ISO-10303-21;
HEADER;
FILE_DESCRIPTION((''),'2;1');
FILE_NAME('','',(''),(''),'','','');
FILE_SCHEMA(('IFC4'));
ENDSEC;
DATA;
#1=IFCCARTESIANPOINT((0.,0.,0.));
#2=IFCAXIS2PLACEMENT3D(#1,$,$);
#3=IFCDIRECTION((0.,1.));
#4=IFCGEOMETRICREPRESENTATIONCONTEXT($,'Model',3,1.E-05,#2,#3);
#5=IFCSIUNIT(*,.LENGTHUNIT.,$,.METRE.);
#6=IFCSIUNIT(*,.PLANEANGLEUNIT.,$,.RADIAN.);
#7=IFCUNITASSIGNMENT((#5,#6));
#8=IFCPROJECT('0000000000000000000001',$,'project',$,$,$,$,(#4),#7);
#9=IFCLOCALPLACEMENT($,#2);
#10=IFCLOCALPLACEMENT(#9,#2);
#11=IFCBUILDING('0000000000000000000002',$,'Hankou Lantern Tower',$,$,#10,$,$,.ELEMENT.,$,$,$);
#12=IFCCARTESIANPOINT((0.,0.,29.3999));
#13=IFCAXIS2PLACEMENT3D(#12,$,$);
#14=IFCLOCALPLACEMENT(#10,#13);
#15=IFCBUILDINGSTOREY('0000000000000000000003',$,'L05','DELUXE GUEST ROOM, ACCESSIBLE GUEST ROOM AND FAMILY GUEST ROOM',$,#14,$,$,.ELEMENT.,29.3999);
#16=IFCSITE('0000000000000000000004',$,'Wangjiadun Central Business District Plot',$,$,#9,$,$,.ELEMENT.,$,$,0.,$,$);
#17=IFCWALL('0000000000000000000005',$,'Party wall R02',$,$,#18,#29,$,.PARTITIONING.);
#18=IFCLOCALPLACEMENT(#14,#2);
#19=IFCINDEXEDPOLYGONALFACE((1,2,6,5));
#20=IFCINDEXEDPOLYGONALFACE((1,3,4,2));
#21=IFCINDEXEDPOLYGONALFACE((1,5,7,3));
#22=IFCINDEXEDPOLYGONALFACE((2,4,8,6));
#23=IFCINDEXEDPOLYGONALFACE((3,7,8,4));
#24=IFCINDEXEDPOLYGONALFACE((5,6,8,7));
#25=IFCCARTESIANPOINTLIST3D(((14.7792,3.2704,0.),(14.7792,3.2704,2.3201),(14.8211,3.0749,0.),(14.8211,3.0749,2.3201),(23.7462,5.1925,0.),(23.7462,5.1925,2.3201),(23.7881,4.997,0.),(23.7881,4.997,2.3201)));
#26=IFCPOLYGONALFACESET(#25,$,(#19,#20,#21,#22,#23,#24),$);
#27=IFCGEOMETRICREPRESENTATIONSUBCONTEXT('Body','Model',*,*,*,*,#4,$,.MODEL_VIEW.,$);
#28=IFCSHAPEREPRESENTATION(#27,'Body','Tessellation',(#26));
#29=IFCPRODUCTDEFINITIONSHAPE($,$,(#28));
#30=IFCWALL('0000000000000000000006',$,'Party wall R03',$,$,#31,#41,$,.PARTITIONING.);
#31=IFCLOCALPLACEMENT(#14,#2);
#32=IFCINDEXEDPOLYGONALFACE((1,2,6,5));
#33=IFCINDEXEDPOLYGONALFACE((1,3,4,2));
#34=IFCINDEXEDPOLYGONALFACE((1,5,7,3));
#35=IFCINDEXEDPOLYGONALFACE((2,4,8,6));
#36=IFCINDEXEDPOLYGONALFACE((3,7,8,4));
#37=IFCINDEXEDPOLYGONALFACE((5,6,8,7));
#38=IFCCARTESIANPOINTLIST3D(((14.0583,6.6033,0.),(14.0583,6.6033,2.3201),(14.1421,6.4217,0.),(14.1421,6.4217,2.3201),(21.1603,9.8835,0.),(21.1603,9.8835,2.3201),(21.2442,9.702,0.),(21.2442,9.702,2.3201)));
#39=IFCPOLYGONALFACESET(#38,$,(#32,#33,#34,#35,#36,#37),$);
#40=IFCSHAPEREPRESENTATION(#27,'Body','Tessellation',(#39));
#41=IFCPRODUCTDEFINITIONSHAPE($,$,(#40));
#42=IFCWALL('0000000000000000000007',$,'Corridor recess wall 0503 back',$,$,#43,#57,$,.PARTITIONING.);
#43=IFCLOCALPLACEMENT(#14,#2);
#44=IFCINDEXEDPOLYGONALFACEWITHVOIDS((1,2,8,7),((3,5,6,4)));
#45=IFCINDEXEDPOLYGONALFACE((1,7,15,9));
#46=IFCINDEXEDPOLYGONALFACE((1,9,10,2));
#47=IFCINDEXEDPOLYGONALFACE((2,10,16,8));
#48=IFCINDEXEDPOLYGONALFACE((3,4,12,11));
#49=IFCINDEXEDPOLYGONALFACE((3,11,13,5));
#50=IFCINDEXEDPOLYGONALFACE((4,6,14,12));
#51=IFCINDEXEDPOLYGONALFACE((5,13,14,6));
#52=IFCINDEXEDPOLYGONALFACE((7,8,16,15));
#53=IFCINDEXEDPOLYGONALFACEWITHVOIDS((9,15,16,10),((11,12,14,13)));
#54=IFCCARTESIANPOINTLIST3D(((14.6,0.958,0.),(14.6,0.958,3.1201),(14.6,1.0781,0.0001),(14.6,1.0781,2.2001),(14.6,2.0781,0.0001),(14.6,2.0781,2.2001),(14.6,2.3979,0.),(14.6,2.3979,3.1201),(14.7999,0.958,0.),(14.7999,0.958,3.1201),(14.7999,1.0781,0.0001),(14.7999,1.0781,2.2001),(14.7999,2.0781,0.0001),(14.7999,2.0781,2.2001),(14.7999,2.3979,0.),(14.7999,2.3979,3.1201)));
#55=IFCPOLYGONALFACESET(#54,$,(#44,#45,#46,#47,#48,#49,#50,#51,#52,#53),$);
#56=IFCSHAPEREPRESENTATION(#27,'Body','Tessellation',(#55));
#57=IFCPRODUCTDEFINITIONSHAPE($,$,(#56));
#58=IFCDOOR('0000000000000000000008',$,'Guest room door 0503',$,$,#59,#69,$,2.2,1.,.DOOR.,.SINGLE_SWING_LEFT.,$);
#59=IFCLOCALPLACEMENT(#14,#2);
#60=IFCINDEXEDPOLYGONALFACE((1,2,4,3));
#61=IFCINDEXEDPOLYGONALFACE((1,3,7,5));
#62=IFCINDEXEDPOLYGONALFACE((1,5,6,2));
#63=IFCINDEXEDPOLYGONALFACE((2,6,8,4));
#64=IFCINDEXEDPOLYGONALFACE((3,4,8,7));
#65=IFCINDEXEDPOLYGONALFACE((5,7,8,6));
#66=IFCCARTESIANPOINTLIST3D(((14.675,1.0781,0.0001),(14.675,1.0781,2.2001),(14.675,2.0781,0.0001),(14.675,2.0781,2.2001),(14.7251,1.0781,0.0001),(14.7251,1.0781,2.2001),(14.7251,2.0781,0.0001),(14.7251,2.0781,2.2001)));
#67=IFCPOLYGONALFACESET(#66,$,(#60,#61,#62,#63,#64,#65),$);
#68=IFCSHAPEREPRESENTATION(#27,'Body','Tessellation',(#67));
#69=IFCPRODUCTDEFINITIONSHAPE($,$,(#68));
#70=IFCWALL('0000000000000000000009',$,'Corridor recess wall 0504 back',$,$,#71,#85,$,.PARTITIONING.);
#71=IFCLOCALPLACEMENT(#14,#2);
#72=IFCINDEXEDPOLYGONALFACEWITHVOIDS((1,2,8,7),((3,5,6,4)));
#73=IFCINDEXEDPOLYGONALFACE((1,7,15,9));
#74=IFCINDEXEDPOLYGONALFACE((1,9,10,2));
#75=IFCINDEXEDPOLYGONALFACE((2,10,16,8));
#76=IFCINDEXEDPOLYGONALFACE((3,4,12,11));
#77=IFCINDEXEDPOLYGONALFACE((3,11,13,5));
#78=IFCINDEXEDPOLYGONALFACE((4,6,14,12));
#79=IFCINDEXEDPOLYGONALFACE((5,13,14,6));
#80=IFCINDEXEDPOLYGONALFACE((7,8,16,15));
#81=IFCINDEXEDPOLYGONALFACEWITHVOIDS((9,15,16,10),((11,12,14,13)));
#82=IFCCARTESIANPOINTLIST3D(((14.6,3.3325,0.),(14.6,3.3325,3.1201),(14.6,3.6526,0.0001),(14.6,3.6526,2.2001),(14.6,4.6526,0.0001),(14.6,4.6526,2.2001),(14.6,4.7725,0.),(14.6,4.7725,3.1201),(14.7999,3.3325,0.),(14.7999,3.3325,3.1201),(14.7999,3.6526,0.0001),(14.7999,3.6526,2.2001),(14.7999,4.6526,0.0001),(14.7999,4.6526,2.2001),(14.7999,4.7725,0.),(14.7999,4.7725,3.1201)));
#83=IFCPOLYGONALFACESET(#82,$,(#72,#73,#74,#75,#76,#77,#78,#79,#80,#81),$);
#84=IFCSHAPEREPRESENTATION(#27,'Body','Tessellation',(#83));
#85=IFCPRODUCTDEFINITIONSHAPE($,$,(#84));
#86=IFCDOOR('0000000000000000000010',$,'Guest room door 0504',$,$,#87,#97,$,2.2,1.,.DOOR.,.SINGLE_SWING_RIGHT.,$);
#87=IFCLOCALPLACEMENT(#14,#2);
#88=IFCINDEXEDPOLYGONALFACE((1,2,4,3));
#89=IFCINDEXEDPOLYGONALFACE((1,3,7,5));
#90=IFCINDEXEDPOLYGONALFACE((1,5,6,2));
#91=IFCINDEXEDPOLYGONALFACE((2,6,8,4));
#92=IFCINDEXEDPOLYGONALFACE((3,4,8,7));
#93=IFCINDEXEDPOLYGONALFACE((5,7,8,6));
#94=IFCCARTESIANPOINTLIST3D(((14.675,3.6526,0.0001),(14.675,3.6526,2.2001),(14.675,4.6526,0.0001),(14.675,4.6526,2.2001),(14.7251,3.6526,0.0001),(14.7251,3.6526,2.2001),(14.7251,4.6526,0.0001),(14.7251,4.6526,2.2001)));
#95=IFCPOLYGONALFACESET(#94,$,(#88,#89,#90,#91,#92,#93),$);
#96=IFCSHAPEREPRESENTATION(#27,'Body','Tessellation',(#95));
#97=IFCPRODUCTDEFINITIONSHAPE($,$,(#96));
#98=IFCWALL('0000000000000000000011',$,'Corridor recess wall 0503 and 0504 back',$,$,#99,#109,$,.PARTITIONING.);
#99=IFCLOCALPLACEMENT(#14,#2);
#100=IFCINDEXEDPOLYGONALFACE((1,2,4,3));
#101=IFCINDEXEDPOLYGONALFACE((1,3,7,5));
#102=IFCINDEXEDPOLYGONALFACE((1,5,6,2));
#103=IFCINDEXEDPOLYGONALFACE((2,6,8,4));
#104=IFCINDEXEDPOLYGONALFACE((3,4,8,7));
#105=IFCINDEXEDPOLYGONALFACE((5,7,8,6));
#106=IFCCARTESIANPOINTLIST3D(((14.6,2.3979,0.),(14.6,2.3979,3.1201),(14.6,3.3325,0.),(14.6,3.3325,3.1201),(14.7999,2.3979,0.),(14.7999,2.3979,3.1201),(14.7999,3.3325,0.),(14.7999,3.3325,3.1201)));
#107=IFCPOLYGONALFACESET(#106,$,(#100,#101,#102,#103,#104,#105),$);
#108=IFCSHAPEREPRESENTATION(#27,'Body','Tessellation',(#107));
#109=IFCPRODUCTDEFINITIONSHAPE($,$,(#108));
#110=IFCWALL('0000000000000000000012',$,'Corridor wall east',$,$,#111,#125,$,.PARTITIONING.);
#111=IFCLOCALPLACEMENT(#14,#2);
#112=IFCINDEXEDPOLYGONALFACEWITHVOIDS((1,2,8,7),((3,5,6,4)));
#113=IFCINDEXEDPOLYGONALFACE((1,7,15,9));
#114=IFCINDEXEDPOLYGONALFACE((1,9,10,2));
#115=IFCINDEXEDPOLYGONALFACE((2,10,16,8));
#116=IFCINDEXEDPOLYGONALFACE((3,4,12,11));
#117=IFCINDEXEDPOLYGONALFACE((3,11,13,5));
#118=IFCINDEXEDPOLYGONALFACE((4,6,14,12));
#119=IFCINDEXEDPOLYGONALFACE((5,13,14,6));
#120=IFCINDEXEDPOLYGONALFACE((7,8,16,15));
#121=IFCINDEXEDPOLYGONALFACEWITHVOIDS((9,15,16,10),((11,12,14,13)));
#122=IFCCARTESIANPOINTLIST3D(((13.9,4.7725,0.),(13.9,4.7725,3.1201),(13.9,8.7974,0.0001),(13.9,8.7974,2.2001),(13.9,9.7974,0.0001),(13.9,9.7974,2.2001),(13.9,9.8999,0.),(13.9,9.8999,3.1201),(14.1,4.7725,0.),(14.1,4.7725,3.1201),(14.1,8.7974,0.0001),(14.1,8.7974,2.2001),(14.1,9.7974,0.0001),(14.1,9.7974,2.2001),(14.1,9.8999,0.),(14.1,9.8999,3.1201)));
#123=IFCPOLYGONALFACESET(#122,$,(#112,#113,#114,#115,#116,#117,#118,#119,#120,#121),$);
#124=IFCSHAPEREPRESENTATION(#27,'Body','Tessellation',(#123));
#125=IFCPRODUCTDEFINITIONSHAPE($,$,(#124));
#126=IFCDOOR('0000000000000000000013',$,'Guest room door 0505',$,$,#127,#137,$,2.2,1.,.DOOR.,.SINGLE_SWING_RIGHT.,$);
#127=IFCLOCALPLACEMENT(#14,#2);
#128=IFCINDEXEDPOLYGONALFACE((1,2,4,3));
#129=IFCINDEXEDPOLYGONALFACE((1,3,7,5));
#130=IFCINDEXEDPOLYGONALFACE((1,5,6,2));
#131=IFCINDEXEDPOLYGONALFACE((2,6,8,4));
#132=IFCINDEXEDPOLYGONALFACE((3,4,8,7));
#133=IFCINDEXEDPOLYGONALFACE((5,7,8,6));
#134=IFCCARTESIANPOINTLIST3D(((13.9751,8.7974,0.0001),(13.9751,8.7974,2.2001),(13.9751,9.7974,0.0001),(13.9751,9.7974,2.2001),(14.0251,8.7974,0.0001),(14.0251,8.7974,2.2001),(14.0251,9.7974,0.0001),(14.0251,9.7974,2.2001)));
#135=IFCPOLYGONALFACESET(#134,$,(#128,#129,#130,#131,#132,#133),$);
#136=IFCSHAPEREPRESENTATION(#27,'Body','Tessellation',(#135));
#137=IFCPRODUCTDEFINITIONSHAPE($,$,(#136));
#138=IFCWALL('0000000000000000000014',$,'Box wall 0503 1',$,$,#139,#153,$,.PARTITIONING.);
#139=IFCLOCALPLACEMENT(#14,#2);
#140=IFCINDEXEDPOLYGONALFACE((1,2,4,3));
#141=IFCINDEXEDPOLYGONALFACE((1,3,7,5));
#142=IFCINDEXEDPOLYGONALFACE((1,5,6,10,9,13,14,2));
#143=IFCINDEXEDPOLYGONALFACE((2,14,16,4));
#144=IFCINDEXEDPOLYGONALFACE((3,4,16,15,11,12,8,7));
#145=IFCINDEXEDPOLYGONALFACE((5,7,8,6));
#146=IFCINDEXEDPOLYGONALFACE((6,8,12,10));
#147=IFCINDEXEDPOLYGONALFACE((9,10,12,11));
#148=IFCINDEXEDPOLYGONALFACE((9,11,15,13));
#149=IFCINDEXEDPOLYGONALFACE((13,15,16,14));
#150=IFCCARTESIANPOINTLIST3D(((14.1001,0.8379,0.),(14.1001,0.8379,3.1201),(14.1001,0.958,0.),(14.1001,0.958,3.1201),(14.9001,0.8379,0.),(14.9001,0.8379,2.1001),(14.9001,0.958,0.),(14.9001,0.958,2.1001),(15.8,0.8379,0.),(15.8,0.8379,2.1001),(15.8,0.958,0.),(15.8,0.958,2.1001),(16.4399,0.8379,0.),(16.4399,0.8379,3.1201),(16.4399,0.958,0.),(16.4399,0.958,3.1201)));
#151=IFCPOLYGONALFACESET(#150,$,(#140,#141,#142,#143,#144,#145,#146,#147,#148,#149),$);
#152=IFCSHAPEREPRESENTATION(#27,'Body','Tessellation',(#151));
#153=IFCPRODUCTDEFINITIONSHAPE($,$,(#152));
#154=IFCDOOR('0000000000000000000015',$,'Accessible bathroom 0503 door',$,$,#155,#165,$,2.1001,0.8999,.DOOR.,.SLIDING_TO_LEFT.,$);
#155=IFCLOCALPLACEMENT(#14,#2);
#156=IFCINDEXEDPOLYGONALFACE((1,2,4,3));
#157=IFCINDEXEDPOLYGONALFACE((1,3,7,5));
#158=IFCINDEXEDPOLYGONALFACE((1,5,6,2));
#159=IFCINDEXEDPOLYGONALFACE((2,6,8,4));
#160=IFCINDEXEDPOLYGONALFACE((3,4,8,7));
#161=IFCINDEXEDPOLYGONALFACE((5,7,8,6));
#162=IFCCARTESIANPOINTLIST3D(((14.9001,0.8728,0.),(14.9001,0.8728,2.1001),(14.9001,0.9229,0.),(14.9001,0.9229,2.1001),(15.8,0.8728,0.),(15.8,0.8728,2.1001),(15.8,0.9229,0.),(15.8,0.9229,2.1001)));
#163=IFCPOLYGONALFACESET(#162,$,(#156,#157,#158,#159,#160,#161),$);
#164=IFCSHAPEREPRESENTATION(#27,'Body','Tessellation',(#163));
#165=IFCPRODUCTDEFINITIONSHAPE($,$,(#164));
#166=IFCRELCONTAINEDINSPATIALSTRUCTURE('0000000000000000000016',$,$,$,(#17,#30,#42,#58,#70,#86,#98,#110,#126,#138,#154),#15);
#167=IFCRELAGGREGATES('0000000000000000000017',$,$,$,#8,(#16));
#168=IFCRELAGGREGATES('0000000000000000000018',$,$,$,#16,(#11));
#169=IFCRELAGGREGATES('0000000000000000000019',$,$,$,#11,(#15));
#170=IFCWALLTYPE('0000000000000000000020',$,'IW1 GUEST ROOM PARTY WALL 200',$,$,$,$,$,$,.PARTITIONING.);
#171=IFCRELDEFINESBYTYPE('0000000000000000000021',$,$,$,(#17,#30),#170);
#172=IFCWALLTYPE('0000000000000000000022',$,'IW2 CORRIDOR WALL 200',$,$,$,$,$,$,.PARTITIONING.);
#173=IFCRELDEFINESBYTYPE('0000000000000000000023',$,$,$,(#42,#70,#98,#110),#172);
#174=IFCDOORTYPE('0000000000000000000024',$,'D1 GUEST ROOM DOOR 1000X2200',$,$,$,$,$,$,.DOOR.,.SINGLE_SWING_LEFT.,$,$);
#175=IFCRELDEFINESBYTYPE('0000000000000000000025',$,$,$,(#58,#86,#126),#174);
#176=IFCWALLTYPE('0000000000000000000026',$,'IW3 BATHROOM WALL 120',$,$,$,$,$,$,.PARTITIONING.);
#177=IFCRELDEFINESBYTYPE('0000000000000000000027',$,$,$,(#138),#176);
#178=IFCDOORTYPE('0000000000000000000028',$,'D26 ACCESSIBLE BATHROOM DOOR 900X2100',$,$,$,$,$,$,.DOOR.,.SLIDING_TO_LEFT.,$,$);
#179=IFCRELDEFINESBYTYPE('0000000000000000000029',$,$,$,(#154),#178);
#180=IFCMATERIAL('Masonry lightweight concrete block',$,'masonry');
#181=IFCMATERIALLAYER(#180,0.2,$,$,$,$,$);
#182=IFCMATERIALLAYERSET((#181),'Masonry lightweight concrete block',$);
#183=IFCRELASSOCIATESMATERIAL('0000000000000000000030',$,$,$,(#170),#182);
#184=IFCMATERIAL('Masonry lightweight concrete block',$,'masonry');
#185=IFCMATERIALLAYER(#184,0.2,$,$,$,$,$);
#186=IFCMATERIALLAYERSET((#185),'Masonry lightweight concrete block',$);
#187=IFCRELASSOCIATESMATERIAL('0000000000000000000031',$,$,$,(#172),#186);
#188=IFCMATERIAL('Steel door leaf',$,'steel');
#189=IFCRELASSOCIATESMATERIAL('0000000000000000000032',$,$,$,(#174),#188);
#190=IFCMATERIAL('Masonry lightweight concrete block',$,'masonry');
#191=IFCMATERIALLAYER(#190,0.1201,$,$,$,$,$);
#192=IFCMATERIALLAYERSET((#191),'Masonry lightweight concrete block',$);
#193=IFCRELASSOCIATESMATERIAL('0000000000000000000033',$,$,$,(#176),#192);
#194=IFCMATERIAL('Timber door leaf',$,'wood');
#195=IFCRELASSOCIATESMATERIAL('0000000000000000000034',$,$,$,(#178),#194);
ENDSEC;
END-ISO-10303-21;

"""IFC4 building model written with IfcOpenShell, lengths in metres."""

from ifc_helpers import new_model, si_unit, direction, frame, frame_2d, origin, place, context, subcontext, project, spatial, rectangle, extrude, material, layer, layer_set, type_object, element, fill, save


model = new_model("IFC4")

# Units and contexts
model_context = context("Model", 3, precision=1e-05, world=origin(), true_north=direction((0.0, 1.0)))
body_context = subcontext(model_context, "Body", "Model", "MODEL_VIEW")
ifc_project = project(units=[si_unit("LENGTHUNIT", "METRE"), si_unit("PLANEANGLEUNIT", "RADIAN")], contexts=[model_context])

# Site, building, storey
site_placement = place(None, origin())
site = spatial("IfcSite", under=ifc_project, at=site_placement, Name="Wangjiadun Central Business District Plot", CompositionType="ELEMENT", RefElevation=0.0)
building_placement = place(site_placement, origin())
building = spatial("IfcBuilding", under=site, at=building_placement, Name="Hankou Lantern Tower", CompositionType="ELEMENT")
storey_placement = place(building_placement, frame((0.0, 0.0, 29.3999)))
storey = spatial("IfcBuildingStorey", under=building, at=storey_placement, Name="L05", Description="DELUXE GUEST ROOM, ACCESSIBLE GUEST ROOM AND FAMILY GUEST ROOM", CompositionType="ELEMENT", Elevation=29.3999)

# Walls
ifc_material_1 = material(Name="Masonry lightweight concrete block", Category="masonry")
ifc_layer_1 = layer(ifc_material_1, 0.2)
ifc_layer_set_1 = layer_set([ifc_layer_1], Name="Masonry lightweight concrete block")
wall_type_1 = type_object("IfcWallType", Name="IW1 GUEST ROOM PARTY WALL 200", PredefinedType="PARTITIONING", material=ifc_layer_set_1)
wall_1_placement = place(storey_placement, frame((14.8, 3.1726, 0.0), z_axis=(0.0, 0.0, 1.0), x_axis=(0.977789, 0.209593, 0.0)))
element("IfcWall", 1, at=wall_1_placement, inside=storey, type_object=wall_type_1, Name="Party wall R02", PredefinedType="PARTITIONING", context=body_context, shape_type="SweptSolid", body=[
    extrude(rectangle(XDim=9.1707, YDim=0.2, at=frame_2d((4.5854, 0.0))), origin(), (0.0, 0.0, 1.0), 2.3201),
])
wall_2_placement = place(storey_placement, frame((14.1001, 6.5125, 0.0), z_axis=(0.0, 0.0, 1.0), x_axis=(0.907842, 0.419311, 0.0)))
element("IfcWall", 2, at=wall_2_placement, inside=storey, type_object=wall_type_1, Name="Party wall R03", PredefinedType="PARTITIONING", context=body_context, shape_type="SweptSolid", body=[
    extrude(rectangle(XDim=7.823, YDim=0.2, at=frame_2d((3.9116, 0.0))), origin(), (0.0, 0.0, 1.0), 2.3201),
])

# Walls, openings, doors
ifc_material_2 = material(Name="Masonry lightweight concrete block", Category="masonry")
ifc_layer_2 = layer(ifc_material_2, 0.2)
ifc_layer_set_2 = layer_set([ifc_layer_2], Name="Masonry lightweight concrete block")
wall_type_2 = type_object("IfcWallType", Name="IW2 CORRIDOR WALL 200", PredefinedType="PARTITIONING", material=ifc_layer_set_2)
wall_3_placement = place(storey_placement, frame((14.7, 0.958, 0.0), z_axis=(0.0, 0.0, 1.0), x_axis=(0.0, 1.0, 0.0)))
wall_3 = element("IfcWall", 3, at=wall_3_placement, inside=storey, type_object=wall_type_2, Name="Corridor recess wall 0503 back", PredefinedType="PARTITIONING", context=body_context, shape_type="SweptSolid", body=[
    extrude(rectangle(XDim=1.4399, YDim=0.2, at=frame_2d((0.72, 0.0))), origin(), (0.0, 0.0, 1.0), 3.1201),
])
opening_1_placement = place(wall_3_placement, frame((0.1201, 0.0, 0.0)))
opening_1 = element("IfcOpeningElement", 4, at=opening_1_placement, cuts=wall_3, PredefinedType="OPENING", context=body_context, shape_type="SweptSolid", body=[
    extrude(rectangle(XDim=1.0, YDim=2.2, at=frame_2d((0.5, 1.1001))), frame((0.0, 0.1099, 0.0), z_axis=(0.0, -1.0, 0.0), x_axis=(1.0, 0.0, 0.0)), (0.0, 0.0, 1.0), 0.22),
])
ifc_material_3 = material(Name="Steel door leaf", Category="steel")
door_type_1 = type_object("IfcDoorType", Name="D1 GUEST ROOM DOOR 1000X2200", OperationType="SINGLE_SWING_LEFT", PredefinedType="DOOR", material=ifc_material_3)
door_1_placement = place(opening_1_placement, origin())
door_1 = element("IfcDoor", 5, at=door_1_placement, inside=storey, type_object=door_type_1, Name="Guest room door 0503", OperationType="SINGLE_SWING_LEFT", OverallHeight=2.2, OverallWidth=1.0, PredefinedType="DOOR", context=body_context, shape_type="SweptSolid", body=[
    extrude(rectangle(XDim=1.0, YDim=2.2, at=frame_2d((0.5, 1.1001))), frame((0.0, 0.0249, 0.0), z_axis=(0.0, -1.0, 0.0), x_axis=(1.0, 0.0, 0.0)), (0.0, 0.0, 1.0), 0.05),
])
fill(opening_1, door_1)
wall_4_placement = place(storey_placement, frame((14.7, 3.3325, 0.0), z_axis=(0.0, 0.0, 1.0), x_axis=(0.0, 1.0, 0.0)))
wall_4 = element("IfcWall", 6, at=wall_4_placement, inside=storey, type_object=wall_type_2, Name="Corridor recess wall 0504 back", PredefinedType="PARTITIONING", context=body_context, shape_type="SweptSolid", body=[
    extrude(rectangle(XDim=1.4399, YDim=0.2, at=frame_2d((0.72, 0.0))), origin(), (0.0, 0.0, 1.0), 3.1201),
])
opening_2_placement = place(wall_4_placement, frame((0.3201, 0.0, 0.0)))
opening_2 = element("IfcOpeningElement", 7, at=opening_2_placement, cuts=wall_4, PredefinedType="OPENING", context=body_context, shape_type="SweptSolid", body=[
    extrude(rectangle(XDim=1.0, YDim=2.2, at=frame_2d((0.5, 1.1001))), frame((0.0, 0.1099, 0.0), z_axis=(0.0, -1.0, 0.0), x_axis=(1.0, 0.0, 0.0)), (0.0, 0.0, 1.0), 0.22),
])
door_2_placement = place(opening_2_placement, origin())
door_2 = element("IfcDoor", 8, at=door_2_placement, inside=storey, type_object=door_type_1, Name="Guest room door 0504", OperationType="SINGLE_SWING_RIGHT", OverallHeight=2.2, OverallWidth=1.0, PredefinedType="DOOR", context=body_context, shape_type="SweptSolid", body=[
    extrude(rectangle(XDim=1.0, YDim=2.2, at=frame_2d((0.5, 1.1001))), frame((0.0, 0.0249, 0.0), z_axis=(0.0, -1.0, 0.0), x_axis=(1.0, 0.0, 0.0)), (0.0, 0.0, 1.0), 0.05),
])
fill(opening_2, door_2)

# Wall
wall_5_placement = place(storey_placement, frame((14.7, 2.3979, 0.0), z_axis=(0.0, 0.0, 1.0), x_axis=(0.0, 1.0, 0.0)))
element("IfcWall", 9, at=wall_5_placement, inside=storey, type_object=wall_type_2, Name="Corridor recess wall 0503 and 0504 back", PredefinedType="PARTITIONING", context=body_context, shape_type="SweptSolid", body=[
    extrude(rectangle(XDim=0.9346, YDim=0.2, at=frame_2d((0.4673, 0.0))), origin(), (0.0, 0.0, 1.0), 3.1201),
])

# Walls, openings, doors
wall_6_placement = place(storey_placement, frame((14.0, 4.7725, 0.0), z_axis=(0.0, 0.0, 1.0), x_axis=(0.0, 1.0, 0.0)))
wall_6 = element("IfcWall", 10, at=wall_6_placement, inside=storey, type_object=wall_type_2, Name="Corridor wall east", PredefinedType="PARTITIONING", context=body_context, shape_type="SweptSolid", body=[
    extrude(rectangle(XDim=5.1274, YDim=0.2, at=frame_2d((2.5637, 0.0))), origin(), (0.0, 0.0, 1.0), 3.1201),
])
opening_3_placement = place(wall_6_placement, frame((4.0249, 0.0, 0.0)))
opening_3 = element("IfcOpeningElement", 11, at=opening_3_placement, cuts=wall_6, PredefinedType="OPENING", context=body_context, shape_type="SweptSolid", body=[
    extrude(rectangle(XDim=1.0, YDim=2.2, at=frame_2d((0.5, 1.1001))), frame((0.0, 0.1099, 0.0), z_axis=(0.0, -1.0, 0.0), x_axis=(1.0, 0.0, 0.0)), (0.0, 0.0, 1.0), 0.22),
])
door_3_placement = place(opening_3_placement, origin())
door_3 = element("IfcDoor", 12, at=door_3_placement, inside=storey, type_object=door_type_1, Name="Guest room door 0505", OperationType="SINGLE_SWING_RIGHT", OverallHeight=2.2, OverallWidth=1.0, PredefinedType="DOOR", context=body_context, shape_type="SweptSolid", body=[
    extrude(rectangle(XDim=1.0, YDim=2.2, at=frame_2d((0.5, 1.1001))), frame((0.0, 0.0249, 0.0), z_axis=(0.0, -1.0, 0.0), x_axis=(1.0, 0.0, 0.0)), (0.0, 0.0, 1.0), 0.05),
])
fill(opening_3, door_3)
ifc_material_4 = material(Name="Masonry lightweight concrete block", Category="masonry")
ifc_layer_3 = layer(ifc_material_4, 0.1201)
ifc_layer_set_3 = layer_set([ifc_layer_3], Name="Masonry lightweight concrete block")
wall_type_3 = type_object("IfcWallType", Name="IW3 BATHROOM WALL 120", PredefinedType="PARTITIONING", material=ifc_layer_set_3)
wall_7_placement = place(storey_placement, frame((14.1001, 0.8979, 0.0), z_axis=(0.0, 0.0, 1.0), x_axis=(1.0, 0.0, 0.0)))
wall_7 = element("IfcWall", 13, at=wall_7_placement, inside=storey, type_object=wall_type_3, Name="Box wall 0503 1", PredefinedType="PARTITIONING", context=body_context, shape_type="SweptSolid", body=[
    extrude(rectangle(XDim=2.3398, YDim=0.1201, at=frame_2d((1.1699, 0.0))), origin(), (0.0, 0.0, 1.0), 3.1201),
])
opening_4_placement = place(wall_7_placement, frame((0.8, 0.0, 0.0)))
opening_4 = element("IfcOpeningElement", 14, at=opening_4_placement, cuts=wall_7, PredefinedType="OPENING", context=body_context, shape_type="SweptSolid", body=[
    extrude(rectangle(XDim=0.8999, YDim=2.1001, at=frame_2d((0.45, 1.05))), frame((0.0, 0.0701, 0.0), z_axis=(0.0, -1.0, 0.0), x_axis=(1.0, 0.0, 0.0)), (0.0, 0.0, 1.0), 0.1401),
])
ifc_material_5 = material(Name="Timber door leaf", Category="wood")
door_type_2 = type_object("IfcDoorType", Name="D26 ACCESSIBLE BATHROOM DOOR 900X2100", OperationType="SLIDING_TO_LEFT", PredefinedType="DOOR", material=ifc_material_5)
door_4_placement = place(opening_4_placement, origin())
door_4 = element("IfcDoor", 15, at=door_4_placement, inside=storey, type_object=door_type_2, Name="Accessible bathroom 0503 door", OperationType="SLIDING_TO_LEFT", OverallHeight=2.1001, OverallWidth=0.8999, PredefinedType="DOOR", context=body_context, shape_type="SweptSolid", body=[
    extrude(rectangle(XDim=0.8999, YDim=2.1001, at=frame_2d((0.45, 1.05))), frame((0.0, 0.0249, 0.0), z_axis=(0.0, -1.0, 0.0), x_axis=(1.0, 0.0, 0.0)), (0.0, 0.0, 1.0), 0.05),
])
fill(opening_4, door_4)

save(model, "model.ifc")
